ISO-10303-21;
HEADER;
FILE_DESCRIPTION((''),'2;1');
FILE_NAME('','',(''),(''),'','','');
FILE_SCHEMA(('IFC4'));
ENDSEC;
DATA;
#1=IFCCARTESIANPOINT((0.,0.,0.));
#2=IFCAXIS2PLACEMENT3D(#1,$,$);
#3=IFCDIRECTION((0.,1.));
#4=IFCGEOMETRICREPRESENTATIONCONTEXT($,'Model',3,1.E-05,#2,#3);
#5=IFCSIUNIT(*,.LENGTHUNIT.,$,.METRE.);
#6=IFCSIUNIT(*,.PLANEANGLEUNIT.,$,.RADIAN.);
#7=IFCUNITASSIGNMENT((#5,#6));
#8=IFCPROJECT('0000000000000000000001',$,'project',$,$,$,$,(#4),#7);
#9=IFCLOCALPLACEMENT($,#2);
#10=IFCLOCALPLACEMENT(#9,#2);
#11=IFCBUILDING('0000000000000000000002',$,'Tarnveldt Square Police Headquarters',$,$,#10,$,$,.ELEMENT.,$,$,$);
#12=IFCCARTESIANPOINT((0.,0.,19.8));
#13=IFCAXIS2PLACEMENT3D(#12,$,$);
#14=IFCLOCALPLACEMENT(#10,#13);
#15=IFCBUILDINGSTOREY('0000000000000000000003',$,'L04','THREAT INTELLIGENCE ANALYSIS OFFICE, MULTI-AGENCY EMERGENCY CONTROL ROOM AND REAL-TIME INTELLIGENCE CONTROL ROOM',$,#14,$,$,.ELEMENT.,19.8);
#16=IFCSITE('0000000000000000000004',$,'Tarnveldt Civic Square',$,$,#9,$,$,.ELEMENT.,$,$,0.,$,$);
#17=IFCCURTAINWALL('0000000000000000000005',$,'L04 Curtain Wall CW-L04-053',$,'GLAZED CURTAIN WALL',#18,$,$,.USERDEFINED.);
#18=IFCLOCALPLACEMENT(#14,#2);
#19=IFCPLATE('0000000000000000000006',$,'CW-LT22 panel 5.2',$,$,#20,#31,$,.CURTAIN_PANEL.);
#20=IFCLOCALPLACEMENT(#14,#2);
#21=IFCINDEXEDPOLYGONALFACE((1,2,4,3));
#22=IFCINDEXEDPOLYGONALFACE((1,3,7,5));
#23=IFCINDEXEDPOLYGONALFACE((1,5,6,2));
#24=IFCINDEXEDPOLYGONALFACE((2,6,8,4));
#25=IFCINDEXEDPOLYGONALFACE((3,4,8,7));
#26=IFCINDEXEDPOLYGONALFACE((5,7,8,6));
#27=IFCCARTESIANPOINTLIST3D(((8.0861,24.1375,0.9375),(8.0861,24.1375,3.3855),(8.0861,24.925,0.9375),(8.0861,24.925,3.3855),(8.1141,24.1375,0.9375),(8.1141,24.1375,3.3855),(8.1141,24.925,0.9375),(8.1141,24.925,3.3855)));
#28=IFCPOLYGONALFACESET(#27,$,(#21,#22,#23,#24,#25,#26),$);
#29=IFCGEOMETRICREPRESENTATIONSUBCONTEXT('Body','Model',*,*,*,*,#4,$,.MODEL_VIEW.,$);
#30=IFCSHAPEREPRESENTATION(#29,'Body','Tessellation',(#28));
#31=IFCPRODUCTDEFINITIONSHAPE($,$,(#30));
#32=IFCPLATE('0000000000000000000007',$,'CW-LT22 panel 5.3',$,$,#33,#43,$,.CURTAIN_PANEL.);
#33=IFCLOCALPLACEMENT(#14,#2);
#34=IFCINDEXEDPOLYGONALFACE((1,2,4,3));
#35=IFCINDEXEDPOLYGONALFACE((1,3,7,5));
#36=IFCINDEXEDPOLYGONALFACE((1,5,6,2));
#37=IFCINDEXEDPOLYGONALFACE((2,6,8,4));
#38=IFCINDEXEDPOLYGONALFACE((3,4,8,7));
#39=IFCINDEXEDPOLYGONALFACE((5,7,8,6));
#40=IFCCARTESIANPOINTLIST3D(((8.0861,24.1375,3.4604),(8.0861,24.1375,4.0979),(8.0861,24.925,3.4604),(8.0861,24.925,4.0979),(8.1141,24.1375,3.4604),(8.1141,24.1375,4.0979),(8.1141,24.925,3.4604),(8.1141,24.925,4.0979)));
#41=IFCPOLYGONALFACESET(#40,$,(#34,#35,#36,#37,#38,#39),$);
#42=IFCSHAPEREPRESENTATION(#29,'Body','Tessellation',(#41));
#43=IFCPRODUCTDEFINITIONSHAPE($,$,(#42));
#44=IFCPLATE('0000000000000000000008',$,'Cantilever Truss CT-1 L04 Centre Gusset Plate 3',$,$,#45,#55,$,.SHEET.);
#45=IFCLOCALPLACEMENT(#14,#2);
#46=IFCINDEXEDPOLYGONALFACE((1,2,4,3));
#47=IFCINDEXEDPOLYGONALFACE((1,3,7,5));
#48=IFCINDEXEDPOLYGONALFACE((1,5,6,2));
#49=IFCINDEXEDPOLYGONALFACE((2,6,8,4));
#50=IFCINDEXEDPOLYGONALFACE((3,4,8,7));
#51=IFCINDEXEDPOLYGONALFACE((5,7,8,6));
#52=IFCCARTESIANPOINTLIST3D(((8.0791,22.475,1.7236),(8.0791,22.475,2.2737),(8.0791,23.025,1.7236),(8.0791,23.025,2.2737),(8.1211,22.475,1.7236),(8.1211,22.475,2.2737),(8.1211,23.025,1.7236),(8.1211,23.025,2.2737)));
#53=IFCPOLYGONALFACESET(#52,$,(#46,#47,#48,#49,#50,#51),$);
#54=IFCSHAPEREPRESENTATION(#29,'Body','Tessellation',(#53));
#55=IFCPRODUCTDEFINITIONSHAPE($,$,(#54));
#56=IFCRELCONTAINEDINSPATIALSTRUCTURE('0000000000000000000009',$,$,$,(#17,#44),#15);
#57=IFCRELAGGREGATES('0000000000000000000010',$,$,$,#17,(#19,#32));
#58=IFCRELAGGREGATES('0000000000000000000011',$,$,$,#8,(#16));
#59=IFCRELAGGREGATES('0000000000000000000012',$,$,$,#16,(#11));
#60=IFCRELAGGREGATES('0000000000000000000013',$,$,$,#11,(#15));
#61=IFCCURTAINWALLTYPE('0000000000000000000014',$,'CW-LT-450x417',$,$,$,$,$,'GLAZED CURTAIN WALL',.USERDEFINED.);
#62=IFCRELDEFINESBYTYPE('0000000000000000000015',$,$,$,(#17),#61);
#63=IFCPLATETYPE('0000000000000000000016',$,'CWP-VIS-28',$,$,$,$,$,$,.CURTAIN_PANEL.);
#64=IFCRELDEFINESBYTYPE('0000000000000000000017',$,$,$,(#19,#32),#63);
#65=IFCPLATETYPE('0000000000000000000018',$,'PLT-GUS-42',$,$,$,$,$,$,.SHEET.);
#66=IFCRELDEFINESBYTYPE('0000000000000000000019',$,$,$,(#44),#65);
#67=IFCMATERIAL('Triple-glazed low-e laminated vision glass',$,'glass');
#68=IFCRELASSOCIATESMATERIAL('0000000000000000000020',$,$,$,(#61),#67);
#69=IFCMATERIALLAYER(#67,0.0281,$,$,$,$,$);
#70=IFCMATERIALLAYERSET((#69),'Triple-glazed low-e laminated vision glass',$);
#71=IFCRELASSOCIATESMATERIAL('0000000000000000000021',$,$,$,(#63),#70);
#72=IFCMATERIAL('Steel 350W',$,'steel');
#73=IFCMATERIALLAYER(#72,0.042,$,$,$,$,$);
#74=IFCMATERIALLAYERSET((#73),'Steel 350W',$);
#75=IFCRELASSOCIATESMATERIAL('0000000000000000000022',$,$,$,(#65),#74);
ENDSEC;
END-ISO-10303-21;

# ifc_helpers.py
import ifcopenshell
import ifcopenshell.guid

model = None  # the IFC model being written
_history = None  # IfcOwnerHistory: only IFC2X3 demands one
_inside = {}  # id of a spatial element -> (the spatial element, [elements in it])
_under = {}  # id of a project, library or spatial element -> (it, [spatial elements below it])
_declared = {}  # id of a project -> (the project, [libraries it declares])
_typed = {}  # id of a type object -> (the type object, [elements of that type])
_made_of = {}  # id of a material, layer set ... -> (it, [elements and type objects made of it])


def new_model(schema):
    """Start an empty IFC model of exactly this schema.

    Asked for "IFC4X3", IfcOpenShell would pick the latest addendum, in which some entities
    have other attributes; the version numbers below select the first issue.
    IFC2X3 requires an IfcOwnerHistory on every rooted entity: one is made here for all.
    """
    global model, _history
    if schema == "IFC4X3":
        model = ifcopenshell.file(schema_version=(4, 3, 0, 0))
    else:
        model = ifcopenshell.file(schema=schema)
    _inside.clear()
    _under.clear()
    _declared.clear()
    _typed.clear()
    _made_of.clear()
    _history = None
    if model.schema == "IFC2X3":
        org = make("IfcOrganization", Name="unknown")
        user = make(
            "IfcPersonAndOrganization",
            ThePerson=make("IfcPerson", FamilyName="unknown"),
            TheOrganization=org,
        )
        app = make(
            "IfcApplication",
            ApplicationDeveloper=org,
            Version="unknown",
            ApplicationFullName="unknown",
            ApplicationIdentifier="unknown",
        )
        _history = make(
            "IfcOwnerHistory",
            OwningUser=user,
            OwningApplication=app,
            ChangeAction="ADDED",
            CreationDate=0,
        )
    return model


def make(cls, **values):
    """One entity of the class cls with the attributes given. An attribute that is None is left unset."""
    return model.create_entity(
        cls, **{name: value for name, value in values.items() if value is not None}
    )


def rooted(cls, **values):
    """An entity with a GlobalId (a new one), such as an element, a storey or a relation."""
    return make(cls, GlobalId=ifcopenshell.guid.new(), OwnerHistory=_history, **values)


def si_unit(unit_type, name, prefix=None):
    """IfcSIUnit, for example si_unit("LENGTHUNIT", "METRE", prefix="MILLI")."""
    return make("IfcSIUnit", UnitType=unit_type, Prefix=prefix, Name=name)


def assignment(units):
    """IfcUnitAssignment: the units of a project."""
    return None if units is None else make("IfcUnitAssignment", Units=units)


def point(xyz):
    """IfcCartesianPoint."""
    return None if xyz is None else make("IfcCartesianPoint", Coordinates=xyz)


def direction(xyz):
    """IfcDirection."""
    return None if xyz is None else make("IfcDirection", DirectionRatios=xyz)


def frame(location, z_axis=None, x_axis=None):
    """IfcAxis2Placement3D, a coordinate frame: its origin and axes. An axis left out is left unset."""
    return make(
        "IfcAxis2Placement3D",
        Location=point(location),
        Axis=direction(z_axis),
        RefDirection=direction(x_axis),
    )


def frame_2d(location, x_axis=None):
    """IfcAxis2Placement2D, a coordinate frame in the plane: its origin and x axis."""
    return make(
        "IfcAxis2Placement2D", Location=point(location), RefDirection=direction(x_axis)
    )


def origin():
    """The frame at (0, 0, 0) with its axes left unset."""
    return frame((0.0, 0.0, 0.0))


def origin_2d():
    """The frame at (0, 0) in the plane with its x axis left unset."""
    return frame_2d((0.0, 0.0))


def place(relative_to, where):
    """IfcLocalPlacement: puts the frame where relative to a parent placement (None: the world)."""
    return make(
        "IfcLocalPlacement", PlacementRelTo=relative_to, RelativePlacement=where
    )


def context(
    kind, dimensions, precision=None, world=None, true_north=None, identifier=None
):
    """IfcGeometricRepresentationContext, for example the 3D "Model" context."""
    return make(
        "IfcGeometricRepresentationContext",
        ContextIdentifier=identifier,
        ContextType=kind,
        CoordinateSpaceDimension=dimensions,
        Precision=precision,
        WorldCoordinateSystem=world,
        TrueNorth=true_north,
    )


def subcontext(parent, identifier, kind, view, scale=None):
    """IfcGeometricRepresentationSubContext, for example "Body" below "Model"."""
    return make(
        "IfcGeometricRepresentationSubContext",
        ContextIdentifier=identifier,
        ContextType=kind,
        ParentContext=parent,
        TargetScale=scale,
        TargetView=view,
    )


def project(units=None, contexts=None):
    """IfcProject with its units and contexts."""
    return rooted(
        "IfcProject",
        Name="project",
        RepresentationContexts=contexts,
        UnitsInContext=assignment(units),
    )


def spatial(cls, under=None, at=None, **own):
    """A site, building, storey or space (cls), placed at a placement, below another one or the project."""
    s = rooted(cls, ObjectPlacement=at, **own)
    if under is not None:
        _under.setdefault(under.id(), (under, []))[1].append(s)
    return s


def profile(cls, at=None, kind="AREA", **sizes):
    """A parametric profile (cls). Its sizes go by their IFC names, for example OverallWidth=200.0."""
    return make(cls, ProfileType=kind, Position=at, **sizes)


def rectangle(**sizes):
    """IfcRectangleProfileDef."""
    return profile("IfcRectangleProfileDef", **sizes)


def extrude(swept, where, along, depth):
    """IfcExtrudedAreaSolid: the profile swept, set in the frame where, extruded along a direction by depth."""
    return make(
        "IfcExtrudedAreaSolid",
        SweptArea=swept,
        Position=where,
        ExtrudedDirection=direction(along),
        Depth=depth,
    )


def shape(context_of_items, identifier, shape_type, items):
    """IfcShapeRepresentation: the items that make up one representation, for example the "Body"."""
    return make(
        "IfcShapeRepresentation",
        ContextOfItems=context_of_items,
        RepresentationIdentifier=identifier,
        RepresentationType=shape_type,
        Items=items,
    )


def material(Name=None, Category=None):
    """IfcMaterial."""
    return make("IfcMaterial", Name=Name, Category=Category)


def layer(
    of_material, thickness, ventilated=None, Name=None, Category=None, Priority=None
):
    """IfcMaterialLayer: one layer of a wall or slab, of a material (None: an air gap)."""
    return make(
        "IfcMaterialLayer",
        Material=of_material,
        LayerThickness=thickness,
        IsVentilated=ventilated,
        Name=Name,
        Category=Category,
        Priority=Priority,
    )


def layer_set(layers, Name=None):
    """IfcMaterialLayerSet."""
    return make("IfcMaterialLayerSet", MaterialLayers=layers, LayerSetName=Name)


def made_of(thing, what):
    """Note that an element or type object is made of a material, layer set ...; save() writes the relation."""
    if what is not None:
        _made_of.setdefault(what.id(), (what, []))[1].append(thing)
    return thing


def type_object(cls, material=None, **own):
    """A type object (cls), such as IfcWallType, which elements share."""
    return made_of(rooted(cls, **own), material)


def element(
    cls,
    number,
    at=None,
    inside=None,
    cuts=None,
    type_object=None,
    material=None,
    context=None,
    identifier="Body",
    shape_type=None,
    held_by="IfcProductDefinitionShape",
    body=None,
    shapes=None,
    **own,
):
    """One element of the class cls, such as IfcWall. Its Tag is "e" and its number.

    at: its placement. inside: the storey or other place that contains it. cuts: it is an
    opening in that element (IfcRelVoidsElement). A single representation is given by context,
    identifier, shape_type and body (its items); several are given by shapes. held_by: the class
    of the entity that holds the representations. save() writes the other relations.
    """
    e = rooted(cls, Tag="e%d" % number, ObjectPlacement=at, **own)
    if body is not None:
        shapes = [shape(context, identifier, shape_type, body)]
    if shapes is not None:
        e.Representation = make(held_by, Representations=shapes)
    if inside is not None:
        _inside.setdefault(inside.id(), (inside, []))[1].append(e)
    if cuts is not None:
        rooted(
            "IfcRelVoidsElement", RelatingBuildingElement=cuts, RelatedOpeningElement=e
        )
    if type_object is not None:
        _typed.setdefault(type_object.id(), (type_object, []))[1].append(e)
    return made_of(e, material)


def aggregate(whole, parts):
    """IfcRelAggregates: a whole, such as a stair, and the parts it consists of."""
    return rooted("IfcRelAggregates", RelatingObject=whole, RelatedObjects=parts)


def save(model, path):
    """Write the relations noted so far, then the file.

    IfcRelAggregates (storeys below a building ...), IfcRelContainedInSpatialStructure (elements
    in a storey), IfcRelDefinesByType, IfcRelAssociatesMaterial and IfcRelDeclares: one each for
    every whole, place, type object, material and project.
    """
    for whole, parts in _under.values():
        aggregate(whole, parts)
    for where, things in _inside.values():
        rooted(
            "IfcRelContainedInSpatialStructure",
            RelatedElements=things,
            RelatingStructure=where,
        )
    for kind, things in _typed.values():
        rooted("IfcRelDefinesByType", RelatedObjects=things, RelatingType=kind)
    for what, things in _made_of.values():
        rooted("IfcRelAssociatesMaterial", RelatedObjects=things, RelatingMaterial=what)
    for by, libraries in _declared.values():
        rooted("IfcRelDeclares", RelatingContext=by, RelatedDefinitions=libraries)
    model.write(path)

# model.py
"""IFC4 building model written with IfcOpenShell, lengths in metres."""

from ifc_helpers import new_model, si_unit, direction, frame, origin, origin_2d, place, context, subcontext, project, spatial, rectangle, extrude, material, layer, layer_set, type_object, element, aggregate, save


model = new_model("IFC4")

# Units and contexts
model_context = context("Model", 3, precision=1e-05, world=origin(), true_north=direction((0.0, 1.0)))
body_context = subcontext(model_context, "Body", "Model", "MODEL_VIEW")
ifc_project = project(units=[si_unit("LENGTHUNIT", "METRE"), si_unit("PLANEANGLEUNIT", "RADIAN")], contexts=[model_context])

# Site, building, storey
site_placement = place(None, origin())
site = spatial("IfcSite", under=ifc_project, at=site_placement, Name="Tarnveldt Civic Square", CompositionType="ELEMENT", RefElevation=0.0)
building_placement = place(site_placement, origin())
building = spatial("IfcBuilding", under=site, at=building_placement, Name="Tarnveldt Square Police Headquarters", CompositionType="ELEMENT")
storey_placement = place(building_placement, frame((0.0, 0.0, 19.8)))
storey = spatial("IfcBuildingStorey", under=building, at=storey_placement, Name="L04", Description="THREAT INTELLIGENCE ANALYSIS OFFICE, MULTI-AGENCY EMERGENCY CONTROL ROOM AND REAL-TIME INTELLIGENCE CONTROL ROOM", CompositionType="ELEMENT", Elevation=19.8)

# Shared definitions
ifc_material_1 = material(Name="Steel 350W", Category="steel")

# Curtain wall
ifc_material_2 = material(Name="Triple-glazed low-e laminated vision glass", Category="glass")
curtain_wall_type = type_object("IfcCurtainWallType", Name="CW-LT-450x417", ElementType="GLAZED CURTAIN WALL", PredefinedType="USERDEFINED", material=ifc_material_2)
curtain_wall_placement = place(storey_placement, origin())
curtain_wall = element("IfcCurtainWall", 1, at=curtain_wall_placement, inside=storey, type_object=curtain_wall_type, Name="L04 Curtain Wall CW-L04-053", ObjectType="GLAZED CURTAIN WALL", PredefinedType="USERDEFINED")

# Plates
ifc_layer_1 = layer(ifc_material_2, 0.0281)
ifc_layer_set_1 = layer_set([ifc_layer_1], Name="Triple-glazed low-e laminated vision glass")
plate_type_1 = type_object("IfcPlateType", Name="CWP-VIS-28", PredefinedType="CURTAIN_PANEL", material=ifc_layer_set_1)
plate_1_placement = place(storey_placement, frame((8.1001, 24.5312, 0.9375), z_axis=(0.0, 0.0, 1.0), x_axis=(0.0, 1.0, 0.0)))
plate_1 = element("IfcPlate", 2, at=plate_1_placement, type_object=plate_type_1, Name="CW-LT22 panel 5.2", PredefinedType="CURTAIN_PANEL", context=body_context, shape_type="SweptSolid", body=[
    extrude(rectangle(XDim=0.7876, YDim=0.0281, at=origin_2d()), origin(), (0.0, 0.0, 1.0), 2.448),
])
plate_2_placement = place(storey_placement, frame((8.1001, 24.5312, 3.4604), z_axis=(0.0, 0.0, 1.0), x_axis=(0.0, 1.0, 0.0)))
plate_2 = element("IfcPlate", 3, at=plate_2_placement, type_object=plate_type_1, Name="CW-LT22 panel 5.3", PredefinedType="CURTAIN_PANEL", context=body_context, shape_type="SweptSolid", body=[
    extrude(rectangle(XDim=0.7876, YDim=0.0281, at=origin_2d()), origin(), (0.0, 0.0, 1.0), 0.6375),
])
aggregate(curtain_wall, [plate_1, plate_2])
ifc_layer_2 = layer(ifc_material_1, 0.042)
ifc_layer_set_2 = layer_set([ifc_layer_2], Name="Steel 350W")
plate_type_2 = type_object("IfcPlateType", Name="PLT-GUS-42", PredefinedType="SHEET", material=ifc_layer_set_2)
plate_3_placement = place(storey_placement, frame((8.1001, 22.75, 1.7236), z_axis=(0.0, 0.0, 1.0), x_axis=(1.0, 0.0, 0.0)))
element("IfcPlate", 4, at=plate_3_placement, inside=storey, type_object=plate_type_2, Name="Cantilever Truss CT-1 L04 Centre Gusset Plate 3", PredefinedType="SHEET", context=body_context, shape_type="SweptSolid", body=[
    extrude(rectangle(XDim=0.042, YDim=0.55, at=origin_2d()), origin(), (0.0, 0.0, 1.0), 0.55),
])

save(model, "model.ifc")
